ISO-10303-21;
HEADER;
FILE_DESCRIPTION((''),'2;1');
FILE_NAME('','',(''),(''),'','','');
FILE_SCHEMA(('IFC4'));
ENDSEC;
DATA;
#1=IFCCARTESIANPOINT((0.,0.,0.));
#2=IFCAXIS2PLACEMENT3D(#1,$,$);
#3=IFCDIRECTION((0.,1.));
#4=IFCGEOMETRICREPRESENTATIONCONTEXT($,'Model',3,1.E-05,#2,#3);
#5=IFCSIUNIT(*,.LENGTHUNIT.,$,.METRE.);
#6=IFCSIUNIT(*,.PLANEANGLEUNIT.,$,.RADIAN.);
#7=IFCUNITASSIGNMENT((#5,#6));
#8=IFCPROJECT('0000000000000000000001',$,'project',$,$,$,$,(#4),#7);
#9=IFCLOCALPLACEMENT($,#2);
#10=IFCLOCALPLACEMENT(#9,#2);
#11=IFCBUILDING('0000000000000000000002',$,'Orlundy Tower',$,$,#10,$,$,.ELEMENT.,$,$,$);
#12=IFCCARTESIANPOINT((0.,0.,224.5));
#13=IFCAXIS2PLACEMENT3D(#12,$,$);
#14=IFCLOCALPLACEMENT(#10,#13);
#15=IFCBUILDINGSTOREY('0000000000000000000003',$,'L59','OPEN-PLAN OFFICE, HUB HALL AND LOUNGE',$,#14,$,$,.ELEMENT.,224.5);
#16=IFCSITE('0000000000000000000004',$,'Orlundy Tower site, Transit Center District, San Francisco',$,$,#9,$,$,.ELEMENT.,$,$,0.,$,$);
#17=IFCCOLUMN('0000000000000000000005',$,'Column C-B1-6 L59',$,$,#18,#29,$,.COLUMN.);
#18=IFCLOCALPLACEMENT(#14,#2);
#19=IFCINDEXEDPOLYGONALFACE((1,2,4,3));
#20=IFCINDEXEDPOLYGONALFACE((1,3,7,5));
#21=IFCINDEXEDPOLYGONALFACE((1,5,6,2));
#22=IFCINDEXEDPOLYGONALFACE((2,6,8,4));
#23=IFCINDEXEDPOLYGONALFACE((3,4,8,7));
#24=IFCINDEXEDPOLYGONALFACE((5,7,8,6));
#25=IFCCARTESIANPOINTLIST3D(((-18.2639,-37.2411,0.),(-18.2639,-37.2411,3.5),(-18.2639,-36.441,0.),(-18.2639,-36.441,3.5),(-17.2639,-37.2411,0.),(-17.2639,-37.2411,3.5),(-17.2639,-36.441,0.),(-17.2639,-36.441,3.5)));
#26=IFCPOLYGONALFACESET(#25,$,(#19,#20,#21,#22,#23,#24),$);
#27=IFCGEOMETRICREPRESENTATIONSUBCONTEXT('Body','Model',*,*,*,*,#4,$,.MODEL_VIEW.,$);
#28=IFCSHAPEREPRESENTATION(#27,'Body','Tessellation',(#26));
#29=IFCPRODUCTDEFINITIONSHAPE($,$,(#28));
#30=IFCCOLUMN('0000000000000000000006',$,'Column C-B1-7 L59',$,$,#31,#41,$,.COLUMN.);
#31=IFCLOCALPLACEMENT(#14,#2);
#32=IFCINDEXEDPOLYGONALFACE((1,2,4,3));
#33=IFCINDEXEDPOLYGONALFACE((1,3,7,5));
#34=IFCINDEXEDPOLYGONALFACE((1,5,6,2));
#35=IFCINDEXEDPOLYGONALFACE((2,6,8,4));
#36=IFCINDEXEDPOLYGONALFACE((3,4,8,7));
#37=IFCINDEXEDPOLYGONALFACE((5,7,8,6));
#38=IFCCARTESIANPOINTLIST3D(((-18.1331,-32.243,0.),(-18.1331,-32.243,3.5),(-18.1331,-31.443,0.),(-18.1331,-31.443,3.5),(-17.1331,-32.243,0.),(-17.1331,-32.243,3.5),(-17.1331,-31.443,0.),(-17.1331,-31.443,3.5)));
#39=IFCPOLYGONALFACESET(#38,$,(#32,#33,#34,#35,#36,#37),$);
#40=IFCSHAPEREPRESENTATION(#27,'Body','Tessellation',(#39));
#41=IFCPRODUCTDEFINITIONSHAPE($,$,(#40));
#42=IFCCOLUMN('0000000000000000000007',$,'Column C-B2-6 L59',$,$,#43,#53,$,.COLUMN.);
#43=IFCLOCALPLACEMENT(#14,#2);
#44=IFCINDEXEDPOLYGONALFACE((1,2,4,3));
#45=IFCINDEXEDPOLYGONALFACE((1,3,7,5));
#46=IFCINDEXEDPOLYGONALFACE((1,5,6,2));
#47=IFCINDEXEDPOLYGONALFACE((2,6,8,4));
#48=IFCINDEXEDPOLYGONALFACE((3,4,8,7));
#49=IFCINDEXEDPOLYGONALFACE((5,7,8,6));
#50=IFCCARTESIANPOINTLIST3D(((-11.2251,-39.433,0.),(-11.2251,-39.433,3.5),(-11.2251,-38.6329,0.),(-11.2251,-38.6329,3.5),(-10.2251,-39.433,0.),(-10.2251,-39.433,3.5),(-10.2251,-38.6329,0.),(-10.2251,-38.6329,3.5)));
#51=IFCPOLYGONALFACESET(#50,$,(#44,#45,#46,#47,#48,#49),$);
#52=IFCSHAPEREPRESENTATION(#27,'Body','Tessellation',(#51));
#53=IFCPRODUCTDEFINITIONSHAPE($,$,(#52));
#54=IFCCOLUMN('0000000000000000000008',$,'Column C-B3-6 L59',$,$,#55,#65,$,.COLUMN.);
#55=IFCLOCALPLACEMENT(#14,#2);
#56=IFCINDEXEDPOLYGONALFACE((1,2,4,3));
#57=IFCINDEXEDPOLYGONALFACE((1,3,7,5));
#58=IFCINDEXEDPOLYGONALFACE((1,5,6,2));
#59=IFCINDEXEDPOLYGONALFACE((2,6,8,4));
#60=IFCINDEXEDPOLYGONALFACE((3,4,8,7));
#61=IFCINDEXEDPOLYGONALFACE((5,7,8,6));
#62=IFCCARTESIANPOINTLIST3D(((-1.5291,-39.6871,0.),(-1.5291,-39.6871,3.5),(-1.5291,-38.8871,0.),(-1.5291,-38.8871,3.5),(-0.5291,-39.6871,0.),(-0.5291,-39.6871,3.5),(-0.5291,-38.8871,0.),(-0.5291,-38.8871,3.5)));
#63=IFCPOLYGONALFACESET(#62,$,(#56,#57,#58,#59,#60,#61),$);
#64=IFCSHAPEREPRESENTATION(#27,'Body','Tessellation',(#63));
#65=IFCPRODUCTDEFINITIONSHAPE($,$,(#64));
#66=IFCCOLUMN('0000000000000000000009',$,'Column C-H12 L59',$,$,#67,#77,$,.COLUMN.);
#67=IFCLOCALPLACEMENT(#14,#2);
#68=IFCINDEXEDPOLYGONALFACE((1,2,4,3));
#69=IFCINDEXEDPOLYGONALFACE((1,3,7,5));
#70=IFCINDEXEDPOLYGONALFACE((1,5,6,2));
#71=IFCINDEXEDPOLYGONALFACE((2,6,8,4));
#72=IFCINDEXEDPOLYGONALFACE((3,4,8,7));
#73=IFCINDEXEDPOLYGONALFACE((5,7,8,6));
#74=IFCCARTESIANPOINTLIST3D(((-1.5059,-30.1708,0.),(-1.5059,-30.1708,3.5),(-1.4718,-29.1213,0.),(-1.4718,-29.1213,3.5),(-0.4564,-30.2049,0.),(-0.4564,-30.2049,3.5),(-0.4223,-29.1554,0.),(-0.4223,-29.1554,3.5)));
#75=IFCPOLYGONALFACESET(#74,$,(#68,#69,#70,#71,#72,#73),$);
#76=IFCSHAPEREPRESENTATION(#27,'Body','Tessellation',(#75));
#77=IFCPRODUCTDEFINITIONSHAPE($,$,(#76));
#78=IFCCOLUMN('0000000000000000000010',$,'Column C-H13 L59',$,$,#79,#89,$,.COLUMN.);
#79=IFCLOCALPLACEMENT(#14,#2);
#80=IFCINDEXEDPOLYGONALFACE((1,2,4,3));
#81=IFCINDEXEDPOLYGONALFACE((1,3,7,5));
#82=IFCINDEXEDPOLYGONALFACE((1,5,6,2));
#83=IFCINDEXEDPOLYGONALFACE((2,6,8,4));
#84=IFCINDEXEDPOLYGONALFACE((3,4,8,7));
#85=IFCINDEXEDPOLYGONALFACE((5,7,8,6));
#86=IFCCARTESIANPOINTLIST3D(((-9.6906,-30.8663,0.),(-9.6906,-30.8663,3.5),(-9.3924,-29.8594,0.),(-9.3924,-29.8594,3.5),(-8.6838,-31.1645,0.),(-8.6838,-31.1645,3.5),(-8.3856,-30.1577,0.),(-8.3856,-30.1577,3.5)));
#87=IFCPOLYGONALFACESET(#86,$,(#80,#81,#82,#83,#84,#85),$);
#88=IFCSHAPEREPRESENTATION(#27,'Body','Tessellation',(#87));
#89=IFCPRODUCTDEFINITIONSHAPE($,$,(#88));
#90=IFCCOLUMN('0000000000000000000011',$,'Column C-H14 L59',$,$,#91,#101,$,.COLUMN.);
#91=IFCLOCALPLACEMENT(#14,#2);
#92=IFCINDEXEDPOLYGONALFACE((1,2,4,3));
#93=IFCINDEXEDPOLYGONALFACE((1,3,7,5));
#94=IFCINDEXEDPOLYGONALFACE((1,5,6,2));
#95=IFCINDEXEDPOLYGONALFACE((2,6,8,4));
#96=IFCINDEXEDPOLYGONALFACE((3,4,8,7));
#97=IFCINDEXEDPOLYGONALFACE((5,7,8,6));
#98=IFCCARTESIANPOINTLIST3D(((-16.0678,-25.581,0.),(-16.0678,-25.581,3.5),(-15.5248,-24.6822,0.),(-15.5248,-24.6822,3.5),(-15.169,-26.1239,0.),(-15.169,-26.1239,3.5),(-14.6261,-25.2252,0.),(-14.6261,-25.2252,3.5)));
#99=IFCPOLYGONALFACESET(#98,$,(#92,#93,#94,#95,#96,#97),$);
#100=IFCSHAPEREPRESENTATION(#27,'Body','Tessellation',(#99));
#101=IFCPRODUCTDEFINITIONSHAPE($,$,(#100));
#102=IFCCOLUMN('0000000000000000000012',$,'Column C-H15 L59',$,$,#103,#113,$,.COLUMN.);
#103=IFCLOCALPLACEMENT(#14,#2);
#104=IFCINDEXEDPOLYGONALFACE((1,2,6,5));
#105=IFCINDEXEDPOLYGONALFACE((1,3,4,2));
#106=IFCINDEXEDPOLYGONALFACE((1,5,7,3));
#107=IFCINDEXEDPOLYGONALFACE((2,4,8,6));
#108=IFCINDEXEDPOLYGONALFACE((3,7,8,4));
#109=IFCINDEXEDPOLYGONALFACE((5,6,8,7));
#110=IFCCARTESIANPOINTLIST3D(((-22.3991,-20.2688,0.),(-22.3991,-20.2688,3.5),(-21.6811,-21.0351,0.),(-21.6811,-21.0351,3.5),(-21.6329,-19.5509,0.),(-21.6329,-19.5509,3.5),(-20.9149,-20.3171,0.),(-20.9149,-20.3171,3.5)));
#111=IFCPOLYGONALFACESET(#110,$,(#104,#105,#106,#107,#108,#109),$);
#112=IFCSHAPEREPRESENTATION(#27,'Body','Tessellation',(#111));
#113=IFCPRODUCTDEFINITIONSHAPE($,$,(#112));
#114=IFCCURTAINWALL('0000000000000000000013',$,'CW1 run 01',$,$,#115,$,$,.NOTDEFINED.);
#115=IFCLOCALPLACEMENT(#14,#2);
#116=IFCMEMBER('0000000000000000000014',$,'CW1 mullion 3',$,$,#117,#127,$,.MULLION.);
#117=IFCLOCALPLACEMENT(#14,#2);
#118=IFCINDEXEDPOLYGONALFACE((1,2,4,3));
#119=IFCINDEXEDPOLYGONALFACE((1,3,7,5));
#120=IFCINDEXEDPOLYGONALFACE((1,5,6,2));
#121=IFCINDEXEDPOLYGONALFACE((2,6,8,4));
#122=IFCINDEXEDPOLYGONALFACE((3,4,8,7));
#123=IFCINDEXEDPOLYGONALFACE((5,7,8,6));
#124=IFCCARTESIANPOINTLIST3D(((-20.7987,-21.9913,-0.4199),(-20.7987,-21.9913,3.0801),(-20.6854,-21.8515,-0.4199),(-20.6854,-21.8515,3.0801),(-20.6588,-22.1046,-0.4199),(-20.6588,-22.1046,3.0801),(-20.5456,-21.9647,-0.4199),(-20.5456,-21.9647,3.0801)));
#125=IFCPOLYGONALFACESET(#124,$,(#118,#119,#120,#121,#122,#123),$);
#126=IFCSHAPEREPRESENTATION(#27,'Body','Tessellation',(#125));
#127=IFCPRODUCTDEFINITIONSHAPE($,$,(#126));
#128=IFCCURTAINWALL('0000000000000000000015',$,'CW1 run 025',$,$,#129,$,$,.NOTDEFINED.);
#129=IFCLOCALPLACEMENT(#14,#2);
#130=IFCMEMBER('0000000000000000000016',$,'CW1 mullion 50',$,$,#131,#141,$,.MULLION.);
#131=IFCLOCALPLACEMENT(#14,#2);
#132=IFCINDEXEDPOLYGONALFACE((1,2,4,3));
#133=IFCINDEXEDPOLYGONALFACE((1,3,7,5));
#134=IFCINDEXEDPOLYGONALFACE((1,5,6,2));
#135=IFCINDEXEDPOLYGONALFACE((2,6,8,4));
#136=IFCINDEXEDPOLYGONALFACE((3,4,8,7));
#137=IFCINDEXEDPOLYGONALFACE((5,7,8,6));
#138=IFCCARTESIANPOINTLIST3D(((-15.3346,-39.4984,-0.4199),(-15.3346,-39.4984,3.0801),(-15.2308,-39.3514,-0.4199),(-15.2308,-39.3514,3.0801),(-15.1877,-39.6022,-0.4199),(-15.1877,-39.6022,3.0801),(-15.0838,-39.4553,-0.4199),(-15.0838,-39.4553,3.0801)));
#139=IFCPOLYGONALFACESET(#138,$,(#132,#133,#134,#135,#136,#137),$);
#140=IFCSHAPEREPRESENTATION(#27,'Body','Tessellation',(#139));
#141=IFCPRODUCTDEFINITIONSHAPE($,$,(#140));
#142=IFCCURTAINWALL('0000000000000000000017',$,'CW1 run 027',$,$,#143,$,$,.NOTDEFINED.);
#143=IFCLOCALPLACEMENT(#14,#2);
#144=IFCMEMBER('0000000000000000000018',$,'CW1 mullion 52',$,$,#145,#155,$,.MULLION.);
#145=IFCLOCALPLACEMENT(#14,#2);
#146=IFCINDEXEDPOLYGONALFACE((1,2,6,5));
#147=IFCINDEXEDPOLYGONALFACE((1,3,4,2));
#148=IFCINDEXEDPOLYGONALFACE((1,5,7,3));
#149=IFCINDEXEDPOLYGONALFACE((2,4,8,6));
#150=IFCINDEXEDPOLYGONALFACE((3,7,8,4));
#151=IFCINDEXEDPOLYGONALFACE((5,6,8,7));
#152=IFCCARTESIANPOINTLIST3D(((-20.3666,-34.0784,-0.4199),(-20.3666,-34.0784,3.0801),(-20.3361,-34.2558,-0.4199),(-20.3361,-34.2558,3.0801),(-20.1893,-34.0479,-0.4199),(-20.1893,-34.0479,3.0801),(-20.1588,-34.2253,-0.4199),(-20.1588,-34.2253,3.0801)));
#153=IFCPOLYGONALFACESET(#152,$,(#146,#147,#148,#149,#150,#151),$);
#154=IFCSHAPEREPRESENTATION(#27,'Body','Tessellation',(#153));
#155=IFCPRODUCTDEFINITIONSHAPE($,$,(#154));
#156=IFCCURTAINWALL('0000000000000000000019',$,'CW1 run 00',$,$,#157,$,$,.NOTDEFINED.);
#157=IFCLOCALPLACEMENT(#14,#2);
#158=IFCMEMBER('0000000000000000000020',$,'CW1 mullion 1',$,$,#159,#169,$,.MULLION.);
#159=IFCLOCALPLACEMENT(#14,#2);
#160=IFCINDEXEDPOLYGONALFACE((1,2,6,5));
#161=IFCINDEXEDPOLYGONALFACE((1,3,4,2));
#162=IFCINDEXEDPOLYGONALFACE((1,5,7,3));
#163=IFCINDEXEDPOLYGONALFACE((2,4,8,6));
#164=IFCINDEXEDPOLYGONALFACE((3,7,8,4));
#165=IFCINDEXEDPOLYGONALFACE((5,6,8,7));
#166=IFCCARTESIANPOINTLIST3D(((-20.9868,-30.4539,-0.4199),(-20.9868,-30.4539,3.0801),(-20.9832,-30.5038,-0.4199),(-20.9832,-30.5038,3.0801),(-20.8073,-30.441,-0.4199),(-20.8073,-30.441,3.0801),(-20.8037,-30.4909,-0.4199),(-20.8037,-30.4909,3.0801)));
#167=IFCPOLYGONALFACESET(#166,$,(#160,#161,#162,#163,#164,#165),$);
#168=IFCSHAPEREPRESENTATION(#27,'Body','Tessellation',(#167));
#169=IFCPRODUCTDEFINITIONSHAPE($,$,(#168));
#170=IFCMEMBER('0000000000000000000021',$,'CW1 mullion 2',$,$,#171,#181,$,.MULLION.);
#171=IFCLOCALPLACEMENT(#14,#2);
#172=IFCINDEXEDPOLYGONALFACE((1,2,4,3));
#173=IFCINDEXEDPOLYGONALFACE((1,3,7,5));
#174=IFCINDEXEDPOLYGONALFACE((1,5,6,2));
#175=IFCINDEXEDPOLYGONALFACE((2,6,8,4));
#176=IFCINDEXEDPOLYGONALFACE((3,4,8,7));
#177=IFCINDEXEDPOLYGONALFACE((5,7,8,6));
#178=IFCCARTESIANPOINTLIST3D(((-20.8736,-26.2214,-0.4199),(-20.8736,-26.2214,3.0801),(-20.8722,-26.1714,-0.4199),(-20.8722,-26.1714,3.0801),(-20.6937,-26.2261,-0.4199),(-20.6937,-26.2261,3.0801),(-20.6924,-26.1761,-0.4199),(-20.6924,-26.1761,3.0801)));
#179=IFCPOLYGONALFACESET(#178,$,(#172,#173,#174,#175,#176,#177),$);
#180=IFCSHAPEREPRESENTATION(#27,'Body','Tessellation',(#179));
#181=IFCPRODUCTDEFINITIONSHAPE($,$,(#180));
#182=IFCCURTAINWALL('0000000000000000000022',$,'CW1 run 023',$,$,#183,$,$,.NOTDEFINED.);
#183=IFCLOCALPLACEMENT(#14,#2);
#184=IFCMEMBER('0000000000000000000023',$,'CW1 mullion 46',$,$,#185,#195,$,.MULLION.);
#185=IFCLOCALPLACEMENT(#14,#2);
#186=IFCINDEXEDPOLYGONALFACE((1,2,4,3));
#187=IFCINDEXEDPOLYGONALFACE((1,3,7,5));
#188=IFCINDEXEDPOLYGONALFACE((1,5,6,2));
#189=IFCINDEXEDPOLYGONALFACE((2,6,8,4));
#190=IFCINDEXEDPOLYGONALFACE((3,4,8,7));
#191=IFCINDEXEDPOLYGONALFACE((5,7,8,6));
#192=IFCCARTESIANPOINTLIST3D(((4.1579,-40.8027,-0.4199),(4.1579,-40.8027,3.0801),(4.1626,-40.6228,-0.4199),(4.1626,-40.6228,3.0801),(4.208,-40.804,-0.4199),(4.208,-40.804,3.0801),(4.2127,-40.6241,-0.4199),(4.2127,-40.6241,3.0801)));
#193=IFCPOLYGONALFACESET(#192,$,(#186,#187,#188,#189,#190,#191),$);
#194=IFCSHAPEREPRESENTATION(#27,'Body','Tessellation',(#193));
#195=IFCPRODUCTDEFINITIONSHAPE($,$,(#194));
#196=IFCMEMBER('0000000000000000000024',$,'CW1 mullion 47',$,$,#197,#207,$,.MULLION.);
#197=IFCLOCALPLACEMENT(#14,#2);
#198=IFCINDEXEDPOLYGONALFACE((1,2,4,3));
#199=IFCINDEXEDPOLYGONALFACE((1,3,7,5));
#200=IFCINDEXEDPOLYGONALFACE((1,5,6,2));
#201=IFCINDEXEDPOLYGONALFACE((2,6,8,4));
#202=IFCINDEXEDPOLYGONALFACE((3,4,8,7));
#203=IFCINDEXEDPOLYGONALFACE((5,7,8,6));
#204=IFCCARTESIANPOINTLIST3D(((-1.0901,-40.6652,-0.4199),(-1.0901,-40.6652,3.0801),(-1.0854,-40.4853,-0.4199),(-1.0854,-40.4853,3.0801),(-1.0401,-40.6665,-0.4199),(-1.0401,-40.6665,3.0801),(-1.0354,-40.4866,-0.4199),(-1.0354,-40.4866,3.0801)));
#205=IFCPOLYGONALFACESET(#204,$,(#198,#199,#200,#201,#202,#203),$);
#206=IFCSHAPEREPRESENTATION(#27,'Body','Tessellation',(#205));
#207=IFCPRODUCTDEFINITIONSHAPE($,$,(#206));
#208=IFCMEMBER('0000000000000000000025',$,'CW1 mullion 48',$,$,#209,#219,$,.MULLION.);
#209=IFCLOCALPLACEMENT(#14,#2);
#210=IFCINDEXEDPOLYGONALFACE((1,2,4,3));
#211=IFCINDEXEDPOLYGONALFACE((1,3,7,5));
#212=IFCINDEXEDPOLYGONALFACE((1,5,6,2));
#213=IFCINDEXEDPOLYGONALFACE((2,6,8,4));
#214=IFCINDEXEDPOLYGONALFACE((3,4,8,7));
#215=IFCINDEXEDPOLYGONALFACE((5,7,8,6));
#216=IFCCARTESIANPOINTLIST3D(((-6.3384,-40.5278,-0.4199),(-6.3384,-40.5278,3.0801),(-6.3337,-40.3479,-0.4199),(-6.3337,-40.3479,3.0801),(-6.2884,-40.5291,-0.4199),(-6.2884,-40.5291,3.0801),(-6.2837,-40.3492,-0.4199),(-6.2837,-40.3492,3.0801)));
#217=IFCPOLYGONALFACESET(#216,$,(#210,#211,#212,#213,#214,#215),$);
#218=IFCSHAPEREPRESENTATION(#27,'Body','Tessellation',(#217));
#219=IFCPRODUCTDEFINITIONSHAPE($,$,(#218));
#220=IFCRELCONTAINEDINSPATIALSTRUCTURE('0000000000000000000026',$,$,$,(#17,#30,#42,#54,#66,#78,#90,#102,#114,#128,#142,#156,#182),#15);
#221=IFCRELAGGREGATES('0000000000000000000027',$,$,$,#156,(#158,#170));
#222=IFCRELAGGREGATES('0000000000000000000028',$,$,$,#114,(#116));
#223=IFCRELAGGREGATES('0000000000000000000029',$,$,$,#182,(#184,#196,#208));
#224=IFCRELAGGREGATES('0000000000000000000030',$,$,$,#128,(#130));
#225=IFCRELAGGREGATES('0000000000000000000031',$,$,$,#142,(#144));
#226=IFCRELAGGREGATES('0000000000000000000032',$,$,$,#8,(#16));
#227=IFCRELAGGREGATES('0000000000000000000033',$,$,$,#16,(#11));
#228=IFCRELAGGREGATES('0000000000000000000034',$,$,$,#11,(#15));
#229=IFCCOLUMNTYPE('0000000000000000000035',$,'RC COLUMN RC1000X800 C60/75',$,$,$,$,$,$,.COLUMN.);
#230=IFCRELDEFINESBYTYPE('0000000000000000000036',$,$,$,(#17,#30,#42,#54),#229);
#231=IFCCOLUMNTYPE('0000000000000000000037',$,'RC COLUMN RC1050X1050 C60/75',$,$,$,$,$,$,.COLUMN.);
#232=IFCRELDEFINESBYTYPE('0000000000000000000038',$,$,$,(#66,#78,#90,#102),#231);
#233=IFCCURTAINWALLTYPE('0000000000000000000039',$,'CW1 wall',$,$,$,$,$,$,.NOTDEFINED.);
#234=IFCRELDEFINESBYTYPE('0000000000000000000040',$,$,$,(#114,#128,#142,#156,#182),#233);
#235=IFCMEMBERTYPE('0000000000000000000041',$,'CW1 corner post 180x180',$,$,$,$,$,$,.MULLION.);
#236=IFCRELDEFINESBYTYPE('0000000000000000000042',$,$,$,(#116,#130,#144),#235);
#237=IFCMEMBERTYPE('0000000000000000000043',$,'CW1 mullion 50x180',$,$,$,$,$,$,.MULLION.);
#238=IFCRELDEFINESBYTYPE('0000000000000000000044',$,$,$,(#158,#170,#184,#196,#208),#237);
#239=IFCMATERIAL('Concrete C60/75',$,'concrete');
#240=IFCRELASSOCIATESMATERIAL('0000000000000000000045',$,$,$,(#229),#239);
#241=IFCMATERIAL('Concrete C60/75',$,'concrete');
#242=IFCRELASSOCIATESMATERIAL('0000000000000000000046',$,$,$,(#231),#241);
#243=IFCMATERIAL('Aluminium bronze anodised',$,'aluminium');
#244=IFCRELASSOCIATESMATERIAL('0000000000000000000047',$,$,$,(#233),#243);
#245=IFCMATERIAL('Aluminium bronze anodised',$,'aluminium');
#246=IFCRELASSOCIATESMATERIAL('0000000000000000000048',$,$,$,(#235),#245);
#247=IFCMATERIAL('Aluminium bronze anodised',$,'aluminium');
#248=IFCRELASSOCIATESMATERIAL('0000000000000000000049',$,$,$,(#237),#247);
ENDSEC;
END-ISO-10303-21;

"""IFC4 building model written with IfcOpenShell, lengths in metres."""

from ifc_helpers import new_model, si_unit, direction, frame, origin, origin_2d, place, context, subcontext, project, spatial, rectangle, extrude, material, material_profile, profile_set, type_object, element, aggregate, save


model = new_model("IFC4")

# Units and contexts
model_context = context("Model", 3, precision=1e-05, world=origin(), true_north=direction((0.0, 1.0)))
body_context = subcontext(model_context, "Body", "Model", "MODEL_VIEW")
ifc_project = project(units=[si_unit("LENGTHUNIT", "METRE"), si_unit("PLANEANGLEUNIT", "RADIAN")], contexts=[model_context])

# Site, building, storey
site_placement = place(None, origin())
site = spatial("IfcSite", under=ifc_project, at=site_placement, Name="Orlundy Tower site, Transit Center District, San Francisco", CompositionType="ELEMENT", RefElevation=0.0)
building_placement = place(site_placement, origin())
building = spatial("IfcBuilding", under=site, at=building_placement, Name="Orlundy Tower", CompositionType="ELEMENT")
storey_placement = place(building_placement, frame((0.0, 0.0, 224.5)))
storey = spatial("IfcBuildingStorey", under=building, at=storey_placement, Name="L59", Description="OPEN-PLAN OFFICE, HUB HALL AND LOUNGE", CompositionType="ELEMENT", Elevation=224.5)

# Columns
ifc_material_1 = material(Name="Concrete C60/75", Category="concrete")
ifc_material_profile_1 = material_profile(ifc_material_1, rectangle(XDim=1.0, YDim=0.8, at=origin_2d()), Name="RC1000X800")
ifc_profile_set_1 = profile_set([ifc_material_profile_1], Name="Concrete C60/75")
column_type_1 = type_object("IfcColumnType", Name="RC COLUMN RC1000X800 C60/75", PredefinedType="COLUMN", material=ifc_profile_set_1)
for number, where, z_axis, x_axis, name in (
    (1, (-17.7639, -36.8411, 0.0), (0.0, 0.0, 1.0), (1.0, 0.0, 0.0), "Column C-B1-6 L59"),
    (2, (-17.6331, -31.843, 0.0), (0.0, 0.0, 1.0), (1.0, 0.0, 0.0), "Column C-B1-7 L59"),
    (3, (-10.7251, -39.033, 0.0), (0.0, 0.0, 1.0), (1.0, 0.0, 0.0), "Column C-B2-6 L59"),
    (4, (-1.0291, -39.2871, 0.0), (0.0, 0.0, 1.0), (1.0, 0.0, 0.0), "Column C-B3-6 L59"),
):
    element("IfcColumn", number, at=place(storey_placement, frame(where, z_axis=z_axis, x_axis=x_axis)), inside=storey, type_object=column_type_1, Name=name, PredefinedType="COLUMN", context=body_context, shape_type="SweptSolid", body=[
        extrude(rectangle(XDim=1.0, YDim=0.8, at=origin_2d()), origin(), (0.0, 0.0, 1.0), 3.5),
    ])
ifc_material_2 = material(Name="Concrete C60/75", Category="concrete")
ifc_material_profile_2 = material_profile(ifc_material_2, rectangle(XDim=1.05, YDim=1.05, at=origin_2d()), Name="RC1050X1050")
ifc_profile_set_2 = profile_set([ifc_material_profile_2], Name="Concrete C60/75")
column_type_2 = type_object("IfcColumnType", Name="RC COLUMN RC1050X1050 C60/75", PredefinedType="COLUMN", material=ifc_profile_set_2)
for number, where, z_axis, x_axis, name in (
    (5, (-0.9641, -29.6631, 0.0), (0.0, 0.0, 1.0), (-0.032475, -0.999473, 0.0), "Column C-H12 L59"),
    (6, (-9.0381, -30.512, 0.0), (0.0, 0.0, 1.0), (-0.284015, -0.95882, 0.0), "Column C-H13 L59"),
    (7, (-15.3469, -25.4031, 0.0), (0.0, 0.0, 1.0), (-0.517101, -0.855924, 0.0), "Column C-H14 L59"),
    (8, (-21.657, -20.293, 0.0), (0.0, 0.0, 1.0), (-0.729709, -0.683758, 0.0), "Column C-H15 L59"),
):
    element("IfcColumn", number, at=place(storey_placement, frame(where, z_axis=z_axis, x_axis=x_axis)), inside=storey, type_object=column_type_2, Name=name, PredefinedType="COLUMN", context=body_context, shape_type="SweptSolid", body=[
        extrude(rectangle(XDim=1.05, YDim=1.05, at=origin_2d()), origin(), (0.0, 0.0, 1.0), 3.5),
    ])

# Curtain walls, members
ifc_material_3 = material(Name="Aluminium bronze anodised", Category="aluminium")
curtain_wall_type = type_object("IfcCurtainWallType", Name="CW1 wall", PredefinedType="NOTDEFINED", material=ifc_material_3)
curtain_wall_1_placement = place(storey_placement, origin())
curtain_wall_1 = element("IfcCurtainWall", 9, at=curtain_wall_1_placement, inside=storey, type_object=curtain_wall_type, Name="CW1 run 01", PredefinedType="NOTDEFINED")
ifc_material_4 = material(Name="Aluminium bronze anodised", Category="aluminium")
ifc_material_profile_3 = material_profile(ifc_material_4, rectangle(XDim=0.1799, YDim=0.1799, at=origin_2d()), Name="CW1 corner post 180x180")
ifc_profile_set_3 = profile_set([ifc_material_profile_3], Name="Aluminium bronze anodised")
member_type_1 = type_object("IfcMemberType", Name="CW1 corner post 180x180", PredefinedType="MULLION", material=ifc_profile_set_3)
member_1_placement = place(storey_placement, frame((-20.6721, -21.978, -0.4199), z_axis=(0.0, 0.0, 1.0), x_axis=(-0.629283, -0.777177, 0.0)))
member_1 = element("IfcMember", 10, at=member_1_placement, type_object=member_type_1, Name="CW1 mullion 3", PredefinedType="MULLION", context=body_context, shape_type="SweptSolid", body=[
    extrude(rectangle(XDim=0.1799, YDim=0.1799, at=origin_2d()), origin(), (0.0, 0.0, 1.0), 3.5),
])
curtain_wall_2_placement = place(storey_placement, origin())
curtain_wall_2 = element("IfcCurtainWall", 11, at=curtain_wall_2_placement, inside=storey, type_object=curtain_wall_type, Name="CW1 run 025", PredefinedType="NOTDEFINED")
member_2_placement = place(storey_placement, frame((-15.2092, -39.4768, -0.4199), z_axis=(0.0, 0.0, 1.0), x_axis=(-0.577096, -0.816676, 0.0)))
member_2 = element("IfcMember", 12, at=member_2_placement, type_object=member_type_1, Name="CW1 mullion 50", PredefinedType="MULLION", context=body_context, shape_type="SweptSolid", body=[
    extrude(rectangle(XDim=0.1799, YDim=0.1799, at=origin_2d()), origin(), (0.0, 0.0, 1.0), 3.5),
])
curtain_wall_3_placement = place(storey_placement, origin())
curtain_wall_3 = element("IfcCurtainWall", 13, at=curtain_wall_3_placement, inside=storey, type_object=curtain_wall_type, Name="CW1 run 027", PredefinedType="NOTDEFINED")
member_3_placement = place(storey_placement, frame((-20.2627, -34.1519, -0.4199), z_axis=(0.0, 0.0, 1.0), x_axis=(-0.985543, -0.169428, 0.0)))
member_3 = element("IfcMember", 14, at=member_3_placement, type_object=member_type_1, Name="CW1 mullion 52", PredefinedType="MULLION", context=body_context, shape_type="SweptSolid", body=[
    extrude(rectangle(XDim=0.1799, YDim=0.1799, at=origin_2d()), origin(), (0.0, 0.0, 1.0), 3.5),
])

# Curtain walls, members
curtain_wall_4_placement = place(storey_placement, origin())
curtain_wall_4 = element("IfcCurtainWall", 15, at=curtain_wall_4_placement, inside=storey, type_object=curtain_wall_type, Name="CW1 run 00", PredefinedType="NOTDEFINED")
ifc_material_5 = material(Name="Aluminium bronze anodised", Category="aluminium")
ifc_material_profile_4 = material_profile(ifc_material_5, rectangle(XDim=0.1799, YDim=0.05, at=origin_2d()), Name="CW1 mullion 50x180")
ifc_profile_set_4 = profile_set([ifc_material_profile_4], Name="Aluminium bronze anodised")
member_type_2 = type_object("IfcMemberType", Name="CW1 mullion 50x180", PredefinedType="MULLION", material=ifc_profile_set_4)
member_4_placement = place(storey_placement, frame((-20.8953, -30.4724, -0.4199), z_axis=(0.0, 0.0, 1.0), x_axis=(-0.997409, -0.071935, 0.0)))
member_4 = element("IfcMember", 16, at=member_4_placement, type_object=member_type_2, Name="CW1 mullion 1", PredefinedType="MULLION", context=body_context, shape_type="SweptSolid", body=[
    extrude(rectangle(XDim=0.1799, YDim=0.05, at=origin_2d()), origin(), (0.0, 0.0, 1.0), 3.5),
])
member_5_placement = place(storey_placement, frame((-20.783, -26.1987, -0.4199), z_axis=(0.0, 0.0, 1.0), x_axis=(-0.999655, 0.026251, 0.0)))
member_5 = element("IfcMember", 17, at=member_5_placement, type_object=member_type_2, Name="CW1 mullion 2", PredefinedType="MULLION", context=body_context, shape_type="SweptSolid", body=[
    extrude(rectangle(XDim=0.1799, YDim=0.05, at=origin_2d()), origin(), (0.0, 0.0, 1.0), 3.5),
])
curtain_wall_5_placement = place(storey_placement, origin())
curtain_wall_5 = element("IfcCurtainWall", 18, at=curtain_wall_5_placement, inside=storey, type_object=curtain_wall_type, Name="CW1 run 023", PredefinedType="NOTDEFINED")
member_6_placement = place(storey_placement, frame((4.1853, -40.7134, -0.4199), z_axis=(0.0, 0.0, 1.0), x_axis=(-0.02619, -0.999657, 0.0)))
member_6 = element("IfcMember", 19, at=member_6_placement, type_object=member_type_2, Name="CW1 mullion 46", PredefinedType="MULLION", context=body_context, shape_type="SweptSolid", body=[
    extrude(rectangle(XDim=0.1799, YDim=0.05, at=origin_2d()), origin(), (0.0, 0.0, 1.0), 3.5),
])
member_7_placement = place(storey_placement, frame((-1.0627, -40.5759, -0.4199), z_axis=(0.0, 0.0, 1.0), x_axis=(-0.02619, -0.999657, 0.0)))
member_7 = element("IfcMember", 20, at=member_7_placement, type_object=member_type_2, Name="CW1 mullion 47", PredefinedType="MULLION", context=body_context, shape_type="SweptSolid", body=[
    extrude(rectangle(XDim=0.1799, YDim=0.05, at=origin_2d()), origin(), (0.0, 0.0, 1.0), 3.5),
])
member_8_placement = place(storey_placement, frame((-6.311, -40.4385, -0.4199), z_axis=(0.0, 0.0, 1.0), x_axis=(-0.02619, -0.999657, 0.0)))
member_8 = element("IfcMember", 21, at=member_8_placement, type_object=member_type_2, Name="CW1 mullion 48", PredefinedType="MULLION", context=body_context, shape_type="SweptSolid", body=[
    extrude(rectangle(XDim=0.1799, YDim=0.05, at=origin_2d()), origin(), (0.0, 0.0, 1.0), 3.5),
])

aggregate(curtain_wall_4, [member_4, member_5])
aggregate(curtain_wall_1, [member_1])
aggregate(curtain_wall_5, [member_6, member_7, member_8])
aggregate(curtain_wall_2, [member_2])
aggregate(curtain_wall_3, [member_3])

save(model, "model.ifc")
